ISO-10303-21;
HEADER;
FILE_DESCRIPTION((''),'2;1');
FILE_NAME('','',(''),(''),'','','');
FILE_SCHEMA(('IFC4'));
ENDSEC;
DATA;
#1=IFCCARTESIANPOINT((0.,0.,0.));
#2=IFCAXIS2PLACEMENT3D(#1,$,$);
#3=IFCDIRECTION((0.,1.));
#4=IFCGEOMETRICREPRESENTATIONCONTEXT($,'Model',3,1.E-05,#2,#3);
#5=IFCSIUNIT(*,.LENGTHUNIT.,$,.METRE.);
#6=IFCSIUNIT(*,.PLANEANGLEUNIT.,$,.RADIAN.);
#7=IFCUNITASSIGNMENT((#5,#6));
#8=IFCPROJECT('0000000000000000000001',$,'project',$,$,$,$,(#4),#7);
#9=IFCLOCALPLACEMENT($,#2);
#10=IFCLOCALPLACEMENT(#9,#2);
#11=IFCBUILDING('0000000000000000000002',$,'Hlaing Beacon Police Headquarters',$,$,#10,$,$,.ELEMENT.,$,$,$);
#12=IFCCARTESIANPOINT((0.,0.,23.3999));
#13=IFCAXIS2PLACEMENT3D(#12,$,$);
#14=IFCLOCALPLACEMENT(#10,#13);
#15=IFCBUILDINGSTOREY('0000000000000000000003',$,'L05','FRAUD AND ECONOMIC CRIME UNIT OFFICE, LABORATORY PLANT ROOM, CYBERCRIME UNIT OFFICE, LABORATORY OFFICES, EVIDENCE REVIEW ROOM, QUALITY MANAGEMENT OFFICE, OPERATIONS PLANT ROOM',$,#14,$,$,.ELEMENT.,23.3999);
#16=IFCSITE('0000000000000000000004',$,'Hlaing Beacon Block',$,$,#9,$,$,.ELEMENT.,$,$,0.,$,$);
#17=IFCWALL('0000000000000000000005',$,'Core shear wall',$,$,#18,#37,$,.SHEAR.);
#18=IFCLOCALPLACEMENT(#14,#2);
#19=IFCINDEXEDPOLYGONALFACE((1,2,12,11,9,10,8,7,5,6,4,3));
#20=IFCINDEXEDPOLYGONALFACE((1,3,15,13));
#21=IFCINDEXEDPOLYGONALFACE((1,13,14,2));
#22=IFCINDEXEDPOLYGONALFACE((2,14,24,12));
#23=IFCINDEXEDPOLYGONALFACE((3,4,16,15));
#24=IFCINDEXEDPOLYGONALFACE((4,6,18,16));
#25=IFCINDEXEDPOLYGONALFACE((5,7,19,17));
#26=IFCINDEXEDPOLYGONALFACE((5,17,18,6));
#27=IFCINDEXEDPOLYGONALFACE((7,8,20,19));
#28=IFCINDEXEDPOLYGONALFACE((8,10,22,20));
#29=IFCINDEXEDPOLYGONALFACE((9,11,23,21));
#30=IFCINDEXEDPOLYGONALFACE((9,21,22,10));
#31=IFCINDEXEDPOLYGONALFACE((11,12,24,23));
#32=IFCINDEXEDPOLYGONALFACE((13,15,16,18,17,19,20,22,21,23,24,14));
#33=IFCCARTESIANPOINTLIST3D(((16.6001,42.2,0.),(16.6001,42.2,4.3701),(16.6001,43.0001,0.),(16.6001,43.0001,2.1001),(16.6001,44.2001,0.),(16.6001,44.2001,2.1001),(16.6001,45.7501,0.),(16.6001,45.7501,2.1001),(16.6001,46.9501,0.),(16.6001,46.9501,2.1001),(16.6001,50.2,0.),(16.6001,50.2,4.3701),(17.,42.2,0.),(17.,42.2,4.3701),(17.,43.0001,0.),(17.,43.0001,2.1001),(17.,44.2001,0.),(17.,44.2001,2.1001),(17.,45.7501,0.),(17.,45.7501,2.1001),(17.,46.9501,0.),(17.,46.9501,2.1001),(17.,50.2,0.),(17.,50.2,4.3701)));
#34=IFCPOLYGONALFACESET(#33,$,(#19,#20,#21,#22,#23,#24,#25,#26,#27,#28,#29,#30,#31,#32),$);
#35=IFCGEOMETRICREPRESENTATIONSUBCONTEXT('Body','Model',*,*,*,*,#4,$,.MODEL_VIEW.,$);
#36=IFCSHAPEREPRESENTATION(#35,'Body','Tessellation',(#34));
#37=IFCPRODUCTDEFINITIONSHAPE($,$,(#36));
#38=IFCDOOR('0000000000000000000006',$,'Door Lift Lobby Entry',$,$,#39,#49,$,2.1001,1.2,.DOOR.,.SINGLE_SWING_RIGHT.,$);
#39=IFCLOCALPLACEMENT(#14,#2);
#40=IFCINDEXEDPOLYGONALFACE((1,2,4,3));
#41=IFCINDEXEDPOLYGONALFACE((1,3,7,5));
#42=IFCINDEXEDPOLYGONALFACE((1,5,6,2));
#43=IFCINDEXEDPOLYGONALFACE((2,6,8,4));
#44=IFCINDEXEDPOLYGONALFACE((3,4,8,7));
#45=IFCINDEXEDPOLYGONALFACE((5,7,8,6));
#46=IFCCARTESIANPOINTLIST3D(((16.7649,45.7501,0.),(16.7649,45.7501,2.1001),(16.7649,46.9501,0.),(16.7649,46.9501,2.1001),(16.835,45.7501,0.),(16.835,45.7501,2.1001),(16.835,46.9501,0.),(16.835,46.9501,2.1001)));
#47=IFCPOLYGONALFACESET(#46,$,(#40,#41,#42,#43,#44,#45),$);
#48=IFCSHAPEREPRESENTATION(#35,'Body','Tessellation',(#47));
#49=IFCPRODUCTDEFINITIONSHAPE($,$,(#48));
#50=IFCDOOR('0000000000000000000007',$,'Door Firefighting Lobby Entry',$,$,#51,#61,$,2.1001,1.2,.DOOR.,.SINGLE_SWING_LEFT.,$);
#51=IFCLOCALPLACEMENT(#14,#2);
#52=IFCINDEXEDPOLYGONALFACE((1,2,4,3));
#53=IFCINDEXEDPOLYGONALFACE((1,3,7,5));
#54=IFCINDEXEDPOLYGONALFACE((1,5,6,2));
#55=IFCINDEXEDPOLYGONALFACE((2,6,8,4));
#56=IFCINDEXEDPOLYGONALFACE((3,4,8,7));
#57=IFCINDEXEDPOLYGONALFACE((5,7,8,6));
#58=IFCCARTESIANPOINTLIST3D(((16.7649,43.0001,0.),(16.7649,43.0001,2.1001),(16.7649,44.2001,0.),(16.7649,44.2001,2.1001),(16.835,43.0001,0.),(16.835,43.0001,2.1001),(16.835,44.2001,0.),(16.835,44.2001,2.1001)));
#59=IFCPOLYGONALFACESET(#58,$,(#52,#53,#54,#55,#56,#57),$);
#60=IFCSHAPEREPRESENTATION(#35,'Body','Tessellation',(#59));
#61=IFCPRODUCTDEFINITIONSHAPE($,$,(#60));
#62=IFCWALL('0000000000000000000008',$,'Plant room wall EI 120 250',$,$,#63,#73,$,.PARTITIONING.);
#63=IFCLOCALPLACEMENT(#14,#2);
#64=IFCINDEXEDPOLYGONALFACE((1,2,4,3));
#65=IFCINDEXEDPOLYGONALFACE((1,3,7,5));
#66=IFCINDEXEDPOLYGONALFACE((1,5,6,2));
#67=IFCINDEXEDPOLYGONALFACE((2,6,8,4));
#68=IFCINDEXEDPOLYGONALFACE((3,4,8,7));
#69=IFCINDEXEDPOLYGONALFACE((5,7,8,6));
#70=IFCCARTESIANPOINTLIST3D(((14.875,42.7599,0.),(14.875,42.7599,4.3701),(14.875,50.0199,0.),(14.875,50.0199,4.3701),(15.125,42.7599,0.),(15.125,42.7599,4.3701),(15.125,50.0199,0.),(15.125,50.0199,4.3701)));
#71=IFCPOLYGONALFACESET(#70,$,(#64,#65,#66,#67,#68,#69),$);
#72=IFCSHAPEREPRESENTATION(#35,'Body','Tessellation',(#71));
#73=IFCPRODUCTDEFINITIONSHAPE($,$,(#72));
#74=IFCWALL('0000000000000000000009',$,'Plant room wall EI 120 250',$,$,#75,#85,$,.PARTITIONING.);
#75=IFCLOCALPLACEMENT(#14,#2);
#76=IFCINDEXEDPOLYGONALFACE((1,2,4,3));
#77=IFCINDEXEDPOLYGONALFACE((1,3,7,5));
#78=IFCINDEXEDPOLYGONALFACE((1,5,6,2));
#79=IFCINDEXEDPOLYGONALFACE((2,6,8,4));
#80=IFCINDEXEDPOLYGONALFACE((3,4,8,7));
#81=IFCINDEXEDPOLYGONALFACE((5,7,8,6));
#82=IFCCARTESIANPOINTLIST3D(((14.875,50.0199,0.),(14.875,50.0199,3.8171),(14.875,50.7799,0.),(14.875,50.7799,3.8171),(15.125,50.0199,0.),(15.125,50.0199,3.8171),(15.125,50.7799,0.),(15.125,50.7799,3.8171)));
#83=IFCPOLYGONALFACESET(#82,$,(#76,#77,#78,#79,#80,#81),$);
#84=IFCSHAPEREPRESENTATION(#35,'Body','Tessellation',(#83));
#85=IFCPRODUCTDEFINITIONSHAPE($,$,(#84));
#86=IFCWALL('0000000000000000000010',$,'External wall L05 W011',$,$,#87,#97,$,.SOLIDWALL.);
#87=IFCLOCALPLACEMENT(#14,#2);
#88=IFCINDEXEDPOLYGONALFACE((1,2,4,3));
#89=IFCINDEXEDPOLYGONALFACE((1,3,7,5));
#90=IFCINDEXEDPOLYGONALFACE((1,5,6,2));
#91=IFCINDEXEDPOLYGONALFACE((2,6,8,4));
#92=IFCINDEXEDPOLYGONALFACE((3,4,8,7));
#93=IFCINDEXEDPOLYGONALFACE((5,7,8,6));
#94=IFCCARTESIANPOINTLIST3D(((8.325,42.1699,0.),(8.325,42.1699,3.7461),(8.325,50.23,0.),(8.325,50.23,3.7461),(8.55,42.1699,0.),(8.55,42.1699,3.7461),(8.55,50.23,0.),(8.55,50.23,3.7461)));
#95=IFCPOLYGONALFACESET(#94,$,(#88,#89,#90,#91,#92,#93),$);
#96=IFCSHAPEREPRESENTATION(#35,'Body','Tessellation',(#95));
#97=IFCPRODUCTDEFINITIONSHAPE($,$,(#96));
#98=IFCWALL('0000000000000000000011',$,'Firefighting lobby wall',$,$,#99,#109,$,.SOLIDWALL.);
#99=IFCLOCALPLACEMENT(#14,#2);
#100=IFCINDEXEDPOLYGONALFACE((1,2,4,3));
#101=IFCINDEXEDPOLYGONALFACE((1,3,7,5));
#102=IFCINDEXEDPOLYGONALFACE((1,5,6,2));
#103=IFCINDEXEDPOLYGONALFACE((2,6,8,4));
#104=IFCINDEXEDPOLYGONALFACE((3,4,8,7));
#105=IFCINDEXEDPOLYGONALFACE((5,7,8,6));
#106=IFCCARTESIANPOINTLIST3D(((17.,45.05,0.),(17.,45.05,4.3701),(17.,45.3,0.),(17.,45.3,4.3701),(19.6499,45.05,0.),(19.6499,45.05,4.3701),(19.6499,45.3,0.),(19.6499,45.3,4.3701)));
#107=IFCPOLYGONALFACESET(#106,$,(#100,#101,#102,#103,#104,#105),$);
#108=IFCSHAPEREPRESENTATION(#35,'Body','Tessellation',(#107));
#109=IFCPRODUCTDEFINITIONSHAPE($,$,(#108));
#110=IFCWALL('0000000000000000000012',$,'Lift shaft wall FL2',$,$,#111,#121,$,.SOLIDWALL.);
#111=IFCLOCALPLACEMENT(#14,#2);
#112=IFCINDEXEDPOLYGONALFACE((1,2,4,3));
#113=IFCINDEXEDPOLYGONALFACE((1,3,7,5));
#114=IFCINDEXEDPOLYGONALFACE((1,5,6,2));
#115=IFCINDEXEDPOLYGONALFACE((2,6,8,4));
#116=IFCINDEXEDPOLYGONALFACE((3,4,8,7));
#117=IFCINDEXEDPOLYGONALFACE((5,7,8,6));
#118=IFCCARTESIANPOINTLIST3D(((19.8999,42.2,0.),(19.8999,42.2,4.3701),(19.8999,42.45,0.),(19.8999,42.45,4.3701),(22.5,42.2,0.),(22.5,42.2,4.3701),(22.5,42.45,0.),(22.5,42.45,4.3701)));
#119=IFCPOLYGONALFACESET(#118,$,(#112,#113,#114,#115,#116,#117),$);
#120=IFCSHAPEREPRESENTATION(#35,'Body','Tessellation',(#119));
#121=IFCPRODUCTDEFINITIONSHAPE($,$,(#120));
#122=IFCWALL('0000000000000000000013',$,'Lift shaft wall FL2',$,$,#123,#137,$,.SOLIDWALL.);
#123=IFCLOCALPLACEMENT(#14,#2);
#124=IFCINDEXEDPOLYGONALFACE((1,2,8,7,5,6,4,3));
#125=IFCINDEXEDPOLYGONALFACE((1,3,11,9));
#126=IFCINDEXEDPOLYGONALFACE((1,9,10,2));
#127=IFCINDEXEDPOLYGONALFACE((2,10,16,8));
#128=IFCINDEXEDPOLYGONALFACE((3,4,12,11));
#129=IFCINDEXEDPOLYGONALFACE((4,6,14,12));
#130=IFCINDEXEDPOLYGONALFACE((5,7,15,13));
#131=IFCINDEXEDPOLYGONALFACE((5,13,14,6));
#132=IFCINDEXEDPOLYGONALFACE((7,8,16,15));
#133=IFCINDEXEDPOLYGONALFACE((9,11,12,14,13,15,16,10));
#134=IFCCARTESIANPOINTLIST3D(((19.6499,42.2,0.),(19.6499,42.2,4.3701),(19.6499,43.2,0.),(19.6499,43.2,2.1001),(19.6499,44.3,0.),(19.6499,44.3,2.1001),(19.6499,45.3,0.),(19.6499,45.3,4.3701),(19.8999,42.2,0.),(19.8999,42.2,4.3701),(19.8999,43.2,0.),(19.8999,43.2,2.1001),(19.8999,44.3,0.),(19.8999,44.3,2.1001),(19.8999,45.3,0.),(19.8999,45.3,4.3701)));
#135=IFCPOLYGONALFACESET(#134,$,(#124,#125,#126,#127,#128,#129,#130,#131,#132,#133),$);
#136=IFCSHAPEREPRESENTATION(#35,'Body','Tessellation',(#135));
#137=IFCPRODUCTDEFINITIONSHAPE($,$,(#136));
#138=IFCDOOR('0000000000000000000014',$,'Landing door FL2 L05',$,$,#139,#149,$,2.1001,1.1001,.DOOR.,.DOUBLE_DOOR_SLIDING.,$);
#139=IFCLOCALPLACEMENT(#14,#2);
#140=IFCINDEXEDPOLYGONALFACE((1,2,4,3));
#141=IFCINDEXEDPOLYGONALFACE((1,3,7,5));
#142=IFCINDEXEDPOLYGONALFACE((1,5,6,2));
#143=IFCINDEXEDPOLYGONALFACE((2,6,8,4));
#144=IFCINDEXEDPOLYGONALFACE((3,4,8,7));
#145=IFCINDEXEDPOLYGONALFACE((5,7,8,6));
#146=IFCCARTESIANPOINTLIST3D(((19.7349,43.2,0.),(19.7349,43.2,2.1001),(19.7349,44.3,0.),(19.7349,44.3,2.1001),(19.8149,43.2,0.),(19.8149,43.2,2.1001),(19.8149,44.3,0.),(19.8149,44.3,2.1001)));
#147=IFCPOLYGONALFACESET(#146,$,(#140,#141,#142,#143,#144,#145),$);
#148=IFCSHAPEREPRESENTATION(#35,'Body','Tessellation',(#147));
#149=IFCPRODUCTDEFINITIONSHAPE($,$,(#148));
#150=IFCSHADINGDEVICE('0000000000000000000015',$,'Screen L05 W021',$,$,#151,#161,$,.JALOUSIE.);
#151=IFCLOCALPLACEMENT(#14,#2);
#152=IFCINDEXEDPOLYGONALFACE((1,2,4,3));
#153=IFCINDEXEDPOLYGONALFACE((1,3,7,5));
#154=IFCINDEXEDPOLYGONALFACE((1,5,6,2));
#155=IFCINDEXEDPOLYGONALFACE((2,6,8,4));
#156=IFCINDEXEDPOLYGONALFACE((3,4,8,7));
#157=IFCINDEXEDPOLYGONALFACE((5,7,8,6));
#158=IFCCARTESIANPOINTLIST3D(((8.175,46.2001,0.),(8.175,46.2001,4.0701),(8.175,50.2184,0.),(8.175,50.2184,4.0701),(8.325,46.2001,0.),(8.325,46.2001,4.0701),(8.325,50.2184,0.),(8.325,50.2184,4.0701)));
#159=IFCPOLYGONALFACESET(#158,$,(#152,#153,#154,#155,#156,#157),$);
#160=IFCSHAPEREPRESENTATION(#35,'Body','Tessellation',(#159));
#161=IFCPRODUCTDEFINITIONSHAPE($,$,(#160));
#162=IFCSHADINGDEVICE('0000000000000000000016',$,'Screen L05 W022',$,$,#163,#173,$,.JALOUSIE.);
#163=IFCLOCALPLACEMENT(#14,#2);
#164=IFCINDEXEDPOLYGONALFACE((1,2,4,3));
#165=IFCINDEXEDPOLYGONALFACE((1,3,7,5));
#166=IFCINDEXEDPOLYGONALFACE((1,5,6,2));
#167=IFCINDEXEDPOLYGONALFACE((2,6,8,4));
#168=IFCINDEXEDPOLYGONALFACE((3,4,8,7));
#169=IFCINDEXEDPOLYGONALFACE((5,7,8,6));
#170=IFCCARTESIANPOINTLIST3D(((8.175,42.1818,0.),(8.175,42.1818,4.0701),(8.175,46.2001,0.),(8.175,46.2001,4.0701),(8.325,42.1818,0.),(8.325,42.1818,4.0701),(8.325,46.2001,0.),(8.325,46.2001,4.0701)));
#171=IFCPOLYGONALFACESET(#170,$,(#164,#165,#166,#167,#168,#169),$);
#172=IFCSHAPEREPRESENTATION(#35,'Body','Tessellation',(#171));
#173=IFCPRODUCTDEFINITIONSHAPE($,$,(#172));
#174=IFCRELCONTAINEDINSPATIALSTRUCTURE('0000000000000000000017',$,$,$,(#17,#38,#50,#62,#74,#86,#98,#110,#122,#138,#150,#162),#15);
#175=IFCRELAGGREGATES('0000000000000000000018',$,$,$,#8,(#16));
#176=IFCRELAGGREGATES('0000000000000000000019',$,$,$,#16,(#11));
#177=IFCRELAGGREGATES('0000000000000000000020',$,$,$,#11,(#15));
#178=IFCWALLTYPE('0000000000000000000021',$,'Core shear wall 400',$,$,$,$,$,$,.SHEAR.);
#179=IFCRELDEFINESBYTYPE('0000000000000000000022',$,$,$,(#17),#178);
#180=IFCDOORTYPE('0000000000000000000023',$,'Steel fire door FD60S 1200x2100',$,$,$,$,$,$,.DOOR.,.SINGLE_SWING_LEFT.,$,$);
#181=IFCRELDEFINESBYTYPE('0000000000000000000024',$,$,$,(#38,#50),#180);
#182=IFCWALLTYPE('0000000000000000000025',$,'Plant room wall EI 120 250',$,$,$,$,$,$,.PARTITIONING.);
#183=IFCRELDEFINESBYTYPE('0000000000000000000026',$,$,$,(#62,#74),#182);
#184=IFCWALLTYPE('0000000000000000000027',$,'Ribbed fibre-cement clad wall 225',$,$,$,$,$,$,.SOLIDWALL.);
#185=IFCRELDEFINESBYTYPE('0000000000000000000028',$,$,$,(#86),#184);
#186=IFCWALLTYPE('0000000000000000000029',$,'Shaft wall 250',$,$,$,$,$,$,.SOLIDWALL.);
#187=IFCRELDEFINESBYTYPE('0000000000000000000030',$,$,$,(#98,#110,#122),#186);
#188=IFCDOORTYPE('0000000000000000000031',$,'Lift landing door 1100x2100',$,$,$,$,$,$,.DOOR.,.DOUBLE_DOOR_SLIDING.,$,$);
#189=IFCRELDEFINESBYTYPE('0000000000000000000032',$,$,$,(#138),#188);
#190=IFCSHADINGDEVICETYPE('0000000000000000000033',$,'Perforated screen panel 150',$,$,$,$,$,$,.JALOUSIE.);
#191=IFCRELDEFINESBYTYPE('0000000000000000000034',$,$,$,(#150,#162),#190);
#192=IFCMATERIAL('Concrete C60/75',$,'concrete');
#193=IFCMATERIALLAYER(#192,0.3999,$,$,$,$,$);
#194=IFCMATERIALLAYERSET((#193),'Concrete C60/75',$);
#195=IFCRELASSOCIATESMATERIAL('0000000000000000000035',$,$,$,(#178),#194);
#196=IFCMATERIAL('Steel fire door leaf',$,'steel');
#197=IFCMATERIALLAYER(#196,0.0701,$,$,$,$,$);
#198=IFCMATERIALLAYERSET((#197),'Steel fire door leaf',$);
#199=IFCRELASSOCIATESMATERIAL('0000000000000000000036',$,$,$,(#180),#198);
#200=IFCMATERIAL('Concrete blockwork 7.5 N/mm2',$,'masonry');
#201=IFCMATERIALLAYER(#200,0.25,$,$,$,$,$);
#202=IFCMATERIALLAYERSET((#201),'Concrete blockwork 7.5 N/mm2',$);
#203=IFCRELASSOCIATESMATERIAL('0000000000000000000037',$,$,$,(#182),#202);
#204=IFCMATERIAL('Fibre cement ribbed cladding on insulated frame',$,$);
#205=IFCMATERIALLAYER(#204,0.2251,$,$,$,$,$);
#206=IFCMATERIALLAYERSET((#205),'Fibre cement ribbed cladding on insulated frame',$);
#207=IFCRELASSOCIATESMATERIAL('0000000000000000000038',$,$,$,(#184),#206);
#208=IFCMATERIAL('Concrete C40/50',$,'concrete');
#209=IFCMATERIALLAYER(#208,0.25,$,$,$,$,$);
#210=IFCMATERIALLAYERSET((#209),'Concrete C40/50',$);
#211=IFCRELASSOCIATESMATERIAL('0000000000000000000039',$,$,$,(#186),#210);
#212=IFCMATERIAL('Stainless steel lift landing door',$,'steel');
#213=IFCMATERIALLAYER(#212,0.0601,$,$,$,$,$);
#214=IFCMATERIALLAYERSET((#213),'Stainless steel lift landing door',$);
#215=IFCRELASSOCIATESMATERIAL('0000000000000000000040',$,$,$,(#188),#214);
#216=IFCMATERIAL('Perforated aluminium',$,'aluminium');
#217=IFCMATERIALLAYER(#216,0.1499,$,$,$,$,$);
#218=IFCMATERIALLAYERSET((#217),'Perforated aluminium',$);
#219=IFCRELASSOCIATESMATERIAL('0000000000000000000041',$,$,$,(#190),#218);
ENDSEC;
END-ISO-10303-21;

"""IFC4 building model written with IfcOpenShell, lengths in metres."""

from ifc_helpers import new_model, si_unit, direction, frame, frame_2d, origin, origin_2d, place, context, subcontext, project, spatial, rectangle, extrude, material, layer, layer_set, type_object, element, fill, save


model = new_model("IFC4")

# Units and contexts
model_context = context("Model", 3, precision=1e-05, world=origin(), true_north=direction((0.0, 1.0)))
body_context = subcontext(model_context, "Body", "Model", "MODEL_VIEW")
ifc_project = project(units=[si_unit("LENGTHUNIT", "METRE"), si_unit("PLANEANGLEUNIT", "RADIAN")], contexts=[model_context])

# Site, building, storey
site_placement = place(None, origin())
site = spatial("IfcSite", under=ifc_project, at=site_placement, Name="Hlaing Beacon Block", CompositionType="ELEMENT", RefElevation=0.0)
building_placement = place(site_placement, origin())
building = spatial("IfcBuilding", under=site, at=building_placement, Name="Hlaing Beacon Police Headquarters", CompositionType="ELEMENT")
storey_placement = place(building_placement, frame((0.0, 0.0, 23.3999)))
storey = spatial("IfcBuildingStorey", under=building, at=storey_placement, Name="L05", Description="FRAUD AND ECONOMIC CRIME UNIT OFFICE, LABORATORY PLANT ROOM, CYBERCRIME UNIT OFFICE, LABORATORY OFFICES, EVIDENCE REVIEW ROOM, QUALITY MANAGEMENT OFFICE, OPERATIONS PLANT ROOM", CompositionType="ELEMENT", Elevation=23.3999)

# Shared definitions
ifc_material_1 = material(Name="Concrete C60/75", Category="concrete")
ifc_layer_1 = layer(ifc_material_1, 0.3999)
ifc_layer_set_1 = layer_set([ifc_layer_1], Name="Concrete C60/75")
wall_type_1 = type_object("IfcWallType", Name="Core shear wall 400", PredefinedType="SHEAR", material=ifc_layer_set_1)

# Wall, openings, doors
wall_1_placement = place(storey_placement, frame((16.8, 42.2, 0.0), z_axis=(0.0, 0.0, 1.0), x_axis=(0.0, 1.0, 0.0)))
wall_1 = element("IfcWall", 1, at=wall_1_placement, inside=storey, type_object=wall_type_1, Name="Core shear wall", PredefinedType="SHEAR", context=body_context, shape_type="SweptSolid", body=[
    extrude(rectangle(XDim=8.0, YDim=0.3999, at=frame_2d((4.0, 0.0))), origin(), (0.0, 0.0, 1.0), 4.3701),
])
opening_1_placement = place(wall_1_placement, frame((3.55, 0.0, 0.0)))
opening_1 = element("IfcOpeningElement", 2, at=opening_1_placement, cuts=wall_1, PredefinedType="OPENING", context=body_context, shape_type="SweptSolid", body=[
    extrude(rectangle(XDim=1.2, YDim=2.1001, at=frame_2d((0.6001, 1.05))), frame((0.0, 0.21, 0.0), z_axis=(0.0, -1.0, 0.0), x_axis=(1.0, 0.0, 0.0)), (0.0, 0.0, 1.0), 0.4199),
])
opening_2_placement = place(wall_1_placement, frame((0.8, 0.0, 0.0)))
opening_2 = element("IfcOpeningElement", 3, at=opening_2_placement, cuts=wall_1, PredefinedType="OPENING", context=body_context, shape_type="SweptSolid", body=[
    extrude(rectangle(XDim=1.2, YDim=2.1001, at=frame_2d((0.6001, 1.05))), frame((0.0, 0.21, 0.0), z_axis=(0.0, -1.0, 0.0), x_axis=(1.0, 0.0, 0.0)), (0.0, 0.0, 1.0), 0.4199),
])
ifc_material_2 = material(Name="Steel fire door leaf", Category="steel")
ifc_layer_2 = layer(ifc_material_2, 0.0701)
ifc_layer_set_2 = layer_set([ifc_layer_2], Name="Steel fire door leaf")
door_type_1 = type_object("IfcDoorType", Name="Steel fire door FD60S 1200x2100", OperationType="SINGLE_SWING_LEFT", PredefinedType="DOOR", material=ifc_layer_set_2)
door_1_placement = place(opening_1_placement, frame((1.2, 0.0, 0.0), z_axis=(0.0, 0.0, 1.0), x_axis=(-1.0, 0.0, 0.0)))
door_1 = element("IfcDoor", 4, at=door_1_placement, inside=storey, type_object=door_type_1, Name="Door Lift Lobby Entry", OperationType="SINGLE_SWING_RIGHT", OverallHeight=2.1001, OverallWidth=1.2, PredefinedType="DOOR", context=body_context, shape_type="SweptSolid", body=[
    extrude(rectangle(XDim=1.2, YDim=2.1001, at=frame_2d((0.5999, 1.05))), frame((0.0, 0.0349, 0.0), z_axis=(0.0, -1.0, 0.0), x_axis=(1.0, 0.0, 0.0)), (0.0, 0.0, 1.0), 0.0701),
])
fill(opening_1, door_1)
door_2_placement = place(opening_2_placement, frame((1.2, 0.0, 0.0), z_axis=(0.0, 0.0, 1.0), x_axis=(-1.0, 0.0, 0.0)))
door_2 = element("IfcDoor", 5, at=door_2_placement, inside=storey, type_object=door_type_1, Name="Door Firefighting Lobby Entry", OperationType="SINGLE_SWING_LEFT", OverallHeight=2.1001, OverallWidth=1.2, PredefinedType="DOOR", context=body_context, shape_type="SweptSolid", body=[
    extrude(rectangle(XDim=1.2, YDim=2.1001, at=frame_2d((0.5999, 1.05))), frame((0.0, 0.0349, 0.0), z_axis=(0.0, -1.0, 0.0), x_axis=(1.0, 0.0, 0.0)), (0.0, 0.0, 1.0), 0.0701),
])
fill(opening_2, door_2)

# Walls
ifc_material_3 = material(Name="Concrete blockwork 7.5 N/mm2", Category="masonry")
ifc_layer_3 = layer(ifc_material_3, 0.25)
ifc_layer_set_3 = layer_set([ifc_layer_3], Name="Concrete blockwork 7.5 N/mm2")
wall_type_2 = type_object("IfcWallType", Name="Plant room wall EI 120 250", PredefinedType="PARTITIONING", material=ifc_layer_set_3)
wall_2_placement = place(storey_placement, frame((15.0, 42.76, 0.0), z_axis=(0.0, 0.0, 1.0), x_axis=(0.0, 1.0, 0.0)))
element("IfcWall", 6, at=wall_2_placement, inside=storey, type_object=wall_type_2, Name="Plant room wall EI 120 250", PredefinedType="PARTITIONING", context=body_context, shape_type="SweptSolid", body=[
    extrude(rectangle(XDim=7.26, YDim=0.25, at=frame_2d((3.6299, 0.0))), origin(), (0.0, 0.0, 1.0), 4.3701),
])
wall_3_placement = place(storey_placement, frame((15.0, 50.02, 0.0), z_axis=(0.0, 0.0, 1.0), x_axis=(0.0, 1.0, 0.0)))
element("IfcWall", 7, at=wall_3_placement, inside=storey, type_object=wall_type_2, Name="Plant room wall EI 120 250", PredefinedType="PARTITIONING", context=body_context, shape_type="SweptSolid", body=[
    extrude(rectangle(XDim=0.76, YDim=0.25, at=frame_2d((0.3799, 0.0))), origin(), (0.0, 0.0, 1.0), 3.8171),
])
ifc_material_4 = material(Name="Fibre cement ribbed cladding on insulated frame")
ifc_layer_4 = layer(ifc_material_4, 0.2251)
ifc_layer_set_4 = layer_set([ifc_layer_4], Name="Fibre cement ribbed cladding on insulated frame")
wall_type_3 = type_object("IfcWallType", Name="Ribbed fibre-cement clad wall 225", PredefinedType="SOLIDWALL", material=ifc_layer_set_4)
wall_4_placement = place(storey_placement, frame((8.4375, 50.23, 0.0), z_axis=(0.0, 0.0, 1.0), x_axis=(0.0, -1.0, 0.0)))
element("IfcWall", 8, at=wall_4_placement, inside=storey, type_object=wall_type_3, Name="External wall L05 W011", PredefinedType="SOLIDWALL", context=body_context, shape_type="SweptSolid", body=[
    extrude(rectangle(XDim=8.0601, YDim=0.2251, at=frame_2d((4.03, 0.0))), origin(), (0.0, 0.0, 1.0), 3.7461),
])
ifc_material_5 = material(Name="Concrete C40/50", Category="concrete")
ifc_layer_5 = layer(ifc_material_5, 0.25)
ifc_layer_set_5 = layer_set([ifc_layer_5], Name="Concrete C40/50")
wall_type_4 = type_object("IfcWallType", Name="Shaft wall 250", PredefinedType="SOLIDWALL", material=ifc_layer_set_5)
wall_5_placement = place(storey_placement, frame((19.6499, 45.175, 0.0), z_axis=(0.0, 0.0, 1.0), x_axis=(-1.0, 0.0, 0.0)))
element("IfcWall", 9, at=wall_5_placement, inside=storey, type_object=wall_type_4, Name="Firefighting lobby wall", PredefinedType="SOLIDWALL", context=body_context, shape_type="SweptSolid", body=[
    extrude(rectangle(XDim=2.6499, YDim=0.25, at=frame_2d((1.325, 0.0))), origin(), (0.0, 0.0, 1.0), 4.3701),
])
wall_6_placement = place(storey_placement, frame((19.8999, 42.325, 0.0), z_axis=(0.0, 0.0, 1.0), x_axis=(1.0, 0.0, 0.0)))
element("IfcWall", 10, at=wall_6_placement, inside=storey, type_object=wall_type_4, Name="Lift shaft wall FL2", PredefinedType="SOLIDWALL", context=body_context, shape_type="SweptSolid", body=[
    extrude(rectangle(XDim=2.6001, YDim=0.25, at=frame_2d((1.3, 0.0))), origin(), (0.0, 0.0, 1.0), 4.3701),
])

# Wall, opening, door
wall_7_placement = place(storey_placement, frame((19.7749, 42.2, 0.0), z_axis=(0.0, 0.0, 1.0), x_axis=(0.0, 1.0, 0.0)))
wall_7 = element("IfcWall", 11, at=wall_7_placement, inside=storey, type_object=wall_type_4, Name="Lift shaft wall FL2", PredefinedType="SOLIDWALL", context=body_context, shape_type="SweptSolid", body=[
    extrude(rectangle(XDim=3.1001, YDim=0.25, at=frame_2d((1.55, 0.0))), origin(), (0.0, 0.0, 1.0), 4.3701),
])
opening_3_placement = place(wall_7_placement, frame((1.0, 0.0, 0.0)))
opening_3 = element("IfcOpeningElement", 12, at=opening_3_placement, cuts=wall_7, PredefinedType="OPENING", context=body_context, shape_type="SweptSolid", body=[
    extrude(rectangle(XDim=1.1001, YDim=2.1001, at=frame_2d((0.55, 1.05))), frame((0.0, 0.135, 0.0), z_axis=(0.0, -1.0, 0.0), x_axis=(1.0, 0.0, 0.0)), (0.0, 0.0, 1.0), 0.27),
])
ifc_material_6 = material(Name="Stainless steel lift landing door", Category="steel")
ifc_layer_6 = layer(ifc_material_6, 0.0601)
ifc_layer_set_6 = layer_set([ifc_layer_6], Name="Stainless steel lift landing door")
door_type_2 = type_object("IfcDoorType", Name="Lift landing door 1100x2100", OperationType="DOUBLE_DOOR_SLIDING", PredefinedType="DOOR", material=ifc_layer_set_6)
door_3_placement = place(opening_3_placement, origin())
door_3 = element("IfcDoor", 13, at=door_3_placement, inside=storey, type_object=door_type_2, Name="Landing door FL2 L05", OperationType="DOUBLE_DOOR_SLIDING", OverallHeight=2.1001, OverallWidth=1.1001, PredefinedType="DOOR", context=body_context, shape_type="SweptSolid", body=[
    extrude(rectangle(XDim=1.1001, YDim=2.1001, at=frame_2d((0.55, 1.05))), frame((0.0, 0.04, 0.0), z_axis=(0.0, -1.0, 0.0), x_axis=(1.0, 0.0, 0.0)), (0.0, 0.0, 1.0), 0.0801),
])
fill(opening_3, door_3)

# Shading devices
ifc_material_7 = material(Name="Perforated aluminium", Category="aluminium")
ifc_layer_7 = layer(ifc_material_7, 0.1499)
ifc_layer_set_7 = layer_set([ifc_layer_7], Name="Perforated aluminium")
shading_device_type = type_object("IfcShadingDeviceType", Name="Perforated screen panel 150", PredefinedType="JALOUSIE", material=ifc_layer_set_7)
for number, where, z_axis, x_axis, name in (
    (14, (8.25, 48.2092, 0.0), (0.0, 0.0, 1.0), (0.0, -1.0, 0.0), "Screen L05 W021"),
    (15, (8.25, 44.1909, 0.0), (0.0, 0.0, 1.0), (0.0, -1.0, 0.0), "Screen L05 W022"),
):
    element("IfcShadingDevice", number, at=place(storey_placement, frame(where, z_axis=z_axis, x_axis=x_axis)), inside=storey, type_object=shading_device_type, Name=name, PredefinedType="JALOUSIE", context=body_context, shape_type="SweptSolid", body=[
        extrude(rectangle(XDim=4.0183, YDim=0.1499, at=origin_2d()), origin(), (0.0, 0.0, 1.0), 4.0701),
    ])

save(model, "model.ifc")
